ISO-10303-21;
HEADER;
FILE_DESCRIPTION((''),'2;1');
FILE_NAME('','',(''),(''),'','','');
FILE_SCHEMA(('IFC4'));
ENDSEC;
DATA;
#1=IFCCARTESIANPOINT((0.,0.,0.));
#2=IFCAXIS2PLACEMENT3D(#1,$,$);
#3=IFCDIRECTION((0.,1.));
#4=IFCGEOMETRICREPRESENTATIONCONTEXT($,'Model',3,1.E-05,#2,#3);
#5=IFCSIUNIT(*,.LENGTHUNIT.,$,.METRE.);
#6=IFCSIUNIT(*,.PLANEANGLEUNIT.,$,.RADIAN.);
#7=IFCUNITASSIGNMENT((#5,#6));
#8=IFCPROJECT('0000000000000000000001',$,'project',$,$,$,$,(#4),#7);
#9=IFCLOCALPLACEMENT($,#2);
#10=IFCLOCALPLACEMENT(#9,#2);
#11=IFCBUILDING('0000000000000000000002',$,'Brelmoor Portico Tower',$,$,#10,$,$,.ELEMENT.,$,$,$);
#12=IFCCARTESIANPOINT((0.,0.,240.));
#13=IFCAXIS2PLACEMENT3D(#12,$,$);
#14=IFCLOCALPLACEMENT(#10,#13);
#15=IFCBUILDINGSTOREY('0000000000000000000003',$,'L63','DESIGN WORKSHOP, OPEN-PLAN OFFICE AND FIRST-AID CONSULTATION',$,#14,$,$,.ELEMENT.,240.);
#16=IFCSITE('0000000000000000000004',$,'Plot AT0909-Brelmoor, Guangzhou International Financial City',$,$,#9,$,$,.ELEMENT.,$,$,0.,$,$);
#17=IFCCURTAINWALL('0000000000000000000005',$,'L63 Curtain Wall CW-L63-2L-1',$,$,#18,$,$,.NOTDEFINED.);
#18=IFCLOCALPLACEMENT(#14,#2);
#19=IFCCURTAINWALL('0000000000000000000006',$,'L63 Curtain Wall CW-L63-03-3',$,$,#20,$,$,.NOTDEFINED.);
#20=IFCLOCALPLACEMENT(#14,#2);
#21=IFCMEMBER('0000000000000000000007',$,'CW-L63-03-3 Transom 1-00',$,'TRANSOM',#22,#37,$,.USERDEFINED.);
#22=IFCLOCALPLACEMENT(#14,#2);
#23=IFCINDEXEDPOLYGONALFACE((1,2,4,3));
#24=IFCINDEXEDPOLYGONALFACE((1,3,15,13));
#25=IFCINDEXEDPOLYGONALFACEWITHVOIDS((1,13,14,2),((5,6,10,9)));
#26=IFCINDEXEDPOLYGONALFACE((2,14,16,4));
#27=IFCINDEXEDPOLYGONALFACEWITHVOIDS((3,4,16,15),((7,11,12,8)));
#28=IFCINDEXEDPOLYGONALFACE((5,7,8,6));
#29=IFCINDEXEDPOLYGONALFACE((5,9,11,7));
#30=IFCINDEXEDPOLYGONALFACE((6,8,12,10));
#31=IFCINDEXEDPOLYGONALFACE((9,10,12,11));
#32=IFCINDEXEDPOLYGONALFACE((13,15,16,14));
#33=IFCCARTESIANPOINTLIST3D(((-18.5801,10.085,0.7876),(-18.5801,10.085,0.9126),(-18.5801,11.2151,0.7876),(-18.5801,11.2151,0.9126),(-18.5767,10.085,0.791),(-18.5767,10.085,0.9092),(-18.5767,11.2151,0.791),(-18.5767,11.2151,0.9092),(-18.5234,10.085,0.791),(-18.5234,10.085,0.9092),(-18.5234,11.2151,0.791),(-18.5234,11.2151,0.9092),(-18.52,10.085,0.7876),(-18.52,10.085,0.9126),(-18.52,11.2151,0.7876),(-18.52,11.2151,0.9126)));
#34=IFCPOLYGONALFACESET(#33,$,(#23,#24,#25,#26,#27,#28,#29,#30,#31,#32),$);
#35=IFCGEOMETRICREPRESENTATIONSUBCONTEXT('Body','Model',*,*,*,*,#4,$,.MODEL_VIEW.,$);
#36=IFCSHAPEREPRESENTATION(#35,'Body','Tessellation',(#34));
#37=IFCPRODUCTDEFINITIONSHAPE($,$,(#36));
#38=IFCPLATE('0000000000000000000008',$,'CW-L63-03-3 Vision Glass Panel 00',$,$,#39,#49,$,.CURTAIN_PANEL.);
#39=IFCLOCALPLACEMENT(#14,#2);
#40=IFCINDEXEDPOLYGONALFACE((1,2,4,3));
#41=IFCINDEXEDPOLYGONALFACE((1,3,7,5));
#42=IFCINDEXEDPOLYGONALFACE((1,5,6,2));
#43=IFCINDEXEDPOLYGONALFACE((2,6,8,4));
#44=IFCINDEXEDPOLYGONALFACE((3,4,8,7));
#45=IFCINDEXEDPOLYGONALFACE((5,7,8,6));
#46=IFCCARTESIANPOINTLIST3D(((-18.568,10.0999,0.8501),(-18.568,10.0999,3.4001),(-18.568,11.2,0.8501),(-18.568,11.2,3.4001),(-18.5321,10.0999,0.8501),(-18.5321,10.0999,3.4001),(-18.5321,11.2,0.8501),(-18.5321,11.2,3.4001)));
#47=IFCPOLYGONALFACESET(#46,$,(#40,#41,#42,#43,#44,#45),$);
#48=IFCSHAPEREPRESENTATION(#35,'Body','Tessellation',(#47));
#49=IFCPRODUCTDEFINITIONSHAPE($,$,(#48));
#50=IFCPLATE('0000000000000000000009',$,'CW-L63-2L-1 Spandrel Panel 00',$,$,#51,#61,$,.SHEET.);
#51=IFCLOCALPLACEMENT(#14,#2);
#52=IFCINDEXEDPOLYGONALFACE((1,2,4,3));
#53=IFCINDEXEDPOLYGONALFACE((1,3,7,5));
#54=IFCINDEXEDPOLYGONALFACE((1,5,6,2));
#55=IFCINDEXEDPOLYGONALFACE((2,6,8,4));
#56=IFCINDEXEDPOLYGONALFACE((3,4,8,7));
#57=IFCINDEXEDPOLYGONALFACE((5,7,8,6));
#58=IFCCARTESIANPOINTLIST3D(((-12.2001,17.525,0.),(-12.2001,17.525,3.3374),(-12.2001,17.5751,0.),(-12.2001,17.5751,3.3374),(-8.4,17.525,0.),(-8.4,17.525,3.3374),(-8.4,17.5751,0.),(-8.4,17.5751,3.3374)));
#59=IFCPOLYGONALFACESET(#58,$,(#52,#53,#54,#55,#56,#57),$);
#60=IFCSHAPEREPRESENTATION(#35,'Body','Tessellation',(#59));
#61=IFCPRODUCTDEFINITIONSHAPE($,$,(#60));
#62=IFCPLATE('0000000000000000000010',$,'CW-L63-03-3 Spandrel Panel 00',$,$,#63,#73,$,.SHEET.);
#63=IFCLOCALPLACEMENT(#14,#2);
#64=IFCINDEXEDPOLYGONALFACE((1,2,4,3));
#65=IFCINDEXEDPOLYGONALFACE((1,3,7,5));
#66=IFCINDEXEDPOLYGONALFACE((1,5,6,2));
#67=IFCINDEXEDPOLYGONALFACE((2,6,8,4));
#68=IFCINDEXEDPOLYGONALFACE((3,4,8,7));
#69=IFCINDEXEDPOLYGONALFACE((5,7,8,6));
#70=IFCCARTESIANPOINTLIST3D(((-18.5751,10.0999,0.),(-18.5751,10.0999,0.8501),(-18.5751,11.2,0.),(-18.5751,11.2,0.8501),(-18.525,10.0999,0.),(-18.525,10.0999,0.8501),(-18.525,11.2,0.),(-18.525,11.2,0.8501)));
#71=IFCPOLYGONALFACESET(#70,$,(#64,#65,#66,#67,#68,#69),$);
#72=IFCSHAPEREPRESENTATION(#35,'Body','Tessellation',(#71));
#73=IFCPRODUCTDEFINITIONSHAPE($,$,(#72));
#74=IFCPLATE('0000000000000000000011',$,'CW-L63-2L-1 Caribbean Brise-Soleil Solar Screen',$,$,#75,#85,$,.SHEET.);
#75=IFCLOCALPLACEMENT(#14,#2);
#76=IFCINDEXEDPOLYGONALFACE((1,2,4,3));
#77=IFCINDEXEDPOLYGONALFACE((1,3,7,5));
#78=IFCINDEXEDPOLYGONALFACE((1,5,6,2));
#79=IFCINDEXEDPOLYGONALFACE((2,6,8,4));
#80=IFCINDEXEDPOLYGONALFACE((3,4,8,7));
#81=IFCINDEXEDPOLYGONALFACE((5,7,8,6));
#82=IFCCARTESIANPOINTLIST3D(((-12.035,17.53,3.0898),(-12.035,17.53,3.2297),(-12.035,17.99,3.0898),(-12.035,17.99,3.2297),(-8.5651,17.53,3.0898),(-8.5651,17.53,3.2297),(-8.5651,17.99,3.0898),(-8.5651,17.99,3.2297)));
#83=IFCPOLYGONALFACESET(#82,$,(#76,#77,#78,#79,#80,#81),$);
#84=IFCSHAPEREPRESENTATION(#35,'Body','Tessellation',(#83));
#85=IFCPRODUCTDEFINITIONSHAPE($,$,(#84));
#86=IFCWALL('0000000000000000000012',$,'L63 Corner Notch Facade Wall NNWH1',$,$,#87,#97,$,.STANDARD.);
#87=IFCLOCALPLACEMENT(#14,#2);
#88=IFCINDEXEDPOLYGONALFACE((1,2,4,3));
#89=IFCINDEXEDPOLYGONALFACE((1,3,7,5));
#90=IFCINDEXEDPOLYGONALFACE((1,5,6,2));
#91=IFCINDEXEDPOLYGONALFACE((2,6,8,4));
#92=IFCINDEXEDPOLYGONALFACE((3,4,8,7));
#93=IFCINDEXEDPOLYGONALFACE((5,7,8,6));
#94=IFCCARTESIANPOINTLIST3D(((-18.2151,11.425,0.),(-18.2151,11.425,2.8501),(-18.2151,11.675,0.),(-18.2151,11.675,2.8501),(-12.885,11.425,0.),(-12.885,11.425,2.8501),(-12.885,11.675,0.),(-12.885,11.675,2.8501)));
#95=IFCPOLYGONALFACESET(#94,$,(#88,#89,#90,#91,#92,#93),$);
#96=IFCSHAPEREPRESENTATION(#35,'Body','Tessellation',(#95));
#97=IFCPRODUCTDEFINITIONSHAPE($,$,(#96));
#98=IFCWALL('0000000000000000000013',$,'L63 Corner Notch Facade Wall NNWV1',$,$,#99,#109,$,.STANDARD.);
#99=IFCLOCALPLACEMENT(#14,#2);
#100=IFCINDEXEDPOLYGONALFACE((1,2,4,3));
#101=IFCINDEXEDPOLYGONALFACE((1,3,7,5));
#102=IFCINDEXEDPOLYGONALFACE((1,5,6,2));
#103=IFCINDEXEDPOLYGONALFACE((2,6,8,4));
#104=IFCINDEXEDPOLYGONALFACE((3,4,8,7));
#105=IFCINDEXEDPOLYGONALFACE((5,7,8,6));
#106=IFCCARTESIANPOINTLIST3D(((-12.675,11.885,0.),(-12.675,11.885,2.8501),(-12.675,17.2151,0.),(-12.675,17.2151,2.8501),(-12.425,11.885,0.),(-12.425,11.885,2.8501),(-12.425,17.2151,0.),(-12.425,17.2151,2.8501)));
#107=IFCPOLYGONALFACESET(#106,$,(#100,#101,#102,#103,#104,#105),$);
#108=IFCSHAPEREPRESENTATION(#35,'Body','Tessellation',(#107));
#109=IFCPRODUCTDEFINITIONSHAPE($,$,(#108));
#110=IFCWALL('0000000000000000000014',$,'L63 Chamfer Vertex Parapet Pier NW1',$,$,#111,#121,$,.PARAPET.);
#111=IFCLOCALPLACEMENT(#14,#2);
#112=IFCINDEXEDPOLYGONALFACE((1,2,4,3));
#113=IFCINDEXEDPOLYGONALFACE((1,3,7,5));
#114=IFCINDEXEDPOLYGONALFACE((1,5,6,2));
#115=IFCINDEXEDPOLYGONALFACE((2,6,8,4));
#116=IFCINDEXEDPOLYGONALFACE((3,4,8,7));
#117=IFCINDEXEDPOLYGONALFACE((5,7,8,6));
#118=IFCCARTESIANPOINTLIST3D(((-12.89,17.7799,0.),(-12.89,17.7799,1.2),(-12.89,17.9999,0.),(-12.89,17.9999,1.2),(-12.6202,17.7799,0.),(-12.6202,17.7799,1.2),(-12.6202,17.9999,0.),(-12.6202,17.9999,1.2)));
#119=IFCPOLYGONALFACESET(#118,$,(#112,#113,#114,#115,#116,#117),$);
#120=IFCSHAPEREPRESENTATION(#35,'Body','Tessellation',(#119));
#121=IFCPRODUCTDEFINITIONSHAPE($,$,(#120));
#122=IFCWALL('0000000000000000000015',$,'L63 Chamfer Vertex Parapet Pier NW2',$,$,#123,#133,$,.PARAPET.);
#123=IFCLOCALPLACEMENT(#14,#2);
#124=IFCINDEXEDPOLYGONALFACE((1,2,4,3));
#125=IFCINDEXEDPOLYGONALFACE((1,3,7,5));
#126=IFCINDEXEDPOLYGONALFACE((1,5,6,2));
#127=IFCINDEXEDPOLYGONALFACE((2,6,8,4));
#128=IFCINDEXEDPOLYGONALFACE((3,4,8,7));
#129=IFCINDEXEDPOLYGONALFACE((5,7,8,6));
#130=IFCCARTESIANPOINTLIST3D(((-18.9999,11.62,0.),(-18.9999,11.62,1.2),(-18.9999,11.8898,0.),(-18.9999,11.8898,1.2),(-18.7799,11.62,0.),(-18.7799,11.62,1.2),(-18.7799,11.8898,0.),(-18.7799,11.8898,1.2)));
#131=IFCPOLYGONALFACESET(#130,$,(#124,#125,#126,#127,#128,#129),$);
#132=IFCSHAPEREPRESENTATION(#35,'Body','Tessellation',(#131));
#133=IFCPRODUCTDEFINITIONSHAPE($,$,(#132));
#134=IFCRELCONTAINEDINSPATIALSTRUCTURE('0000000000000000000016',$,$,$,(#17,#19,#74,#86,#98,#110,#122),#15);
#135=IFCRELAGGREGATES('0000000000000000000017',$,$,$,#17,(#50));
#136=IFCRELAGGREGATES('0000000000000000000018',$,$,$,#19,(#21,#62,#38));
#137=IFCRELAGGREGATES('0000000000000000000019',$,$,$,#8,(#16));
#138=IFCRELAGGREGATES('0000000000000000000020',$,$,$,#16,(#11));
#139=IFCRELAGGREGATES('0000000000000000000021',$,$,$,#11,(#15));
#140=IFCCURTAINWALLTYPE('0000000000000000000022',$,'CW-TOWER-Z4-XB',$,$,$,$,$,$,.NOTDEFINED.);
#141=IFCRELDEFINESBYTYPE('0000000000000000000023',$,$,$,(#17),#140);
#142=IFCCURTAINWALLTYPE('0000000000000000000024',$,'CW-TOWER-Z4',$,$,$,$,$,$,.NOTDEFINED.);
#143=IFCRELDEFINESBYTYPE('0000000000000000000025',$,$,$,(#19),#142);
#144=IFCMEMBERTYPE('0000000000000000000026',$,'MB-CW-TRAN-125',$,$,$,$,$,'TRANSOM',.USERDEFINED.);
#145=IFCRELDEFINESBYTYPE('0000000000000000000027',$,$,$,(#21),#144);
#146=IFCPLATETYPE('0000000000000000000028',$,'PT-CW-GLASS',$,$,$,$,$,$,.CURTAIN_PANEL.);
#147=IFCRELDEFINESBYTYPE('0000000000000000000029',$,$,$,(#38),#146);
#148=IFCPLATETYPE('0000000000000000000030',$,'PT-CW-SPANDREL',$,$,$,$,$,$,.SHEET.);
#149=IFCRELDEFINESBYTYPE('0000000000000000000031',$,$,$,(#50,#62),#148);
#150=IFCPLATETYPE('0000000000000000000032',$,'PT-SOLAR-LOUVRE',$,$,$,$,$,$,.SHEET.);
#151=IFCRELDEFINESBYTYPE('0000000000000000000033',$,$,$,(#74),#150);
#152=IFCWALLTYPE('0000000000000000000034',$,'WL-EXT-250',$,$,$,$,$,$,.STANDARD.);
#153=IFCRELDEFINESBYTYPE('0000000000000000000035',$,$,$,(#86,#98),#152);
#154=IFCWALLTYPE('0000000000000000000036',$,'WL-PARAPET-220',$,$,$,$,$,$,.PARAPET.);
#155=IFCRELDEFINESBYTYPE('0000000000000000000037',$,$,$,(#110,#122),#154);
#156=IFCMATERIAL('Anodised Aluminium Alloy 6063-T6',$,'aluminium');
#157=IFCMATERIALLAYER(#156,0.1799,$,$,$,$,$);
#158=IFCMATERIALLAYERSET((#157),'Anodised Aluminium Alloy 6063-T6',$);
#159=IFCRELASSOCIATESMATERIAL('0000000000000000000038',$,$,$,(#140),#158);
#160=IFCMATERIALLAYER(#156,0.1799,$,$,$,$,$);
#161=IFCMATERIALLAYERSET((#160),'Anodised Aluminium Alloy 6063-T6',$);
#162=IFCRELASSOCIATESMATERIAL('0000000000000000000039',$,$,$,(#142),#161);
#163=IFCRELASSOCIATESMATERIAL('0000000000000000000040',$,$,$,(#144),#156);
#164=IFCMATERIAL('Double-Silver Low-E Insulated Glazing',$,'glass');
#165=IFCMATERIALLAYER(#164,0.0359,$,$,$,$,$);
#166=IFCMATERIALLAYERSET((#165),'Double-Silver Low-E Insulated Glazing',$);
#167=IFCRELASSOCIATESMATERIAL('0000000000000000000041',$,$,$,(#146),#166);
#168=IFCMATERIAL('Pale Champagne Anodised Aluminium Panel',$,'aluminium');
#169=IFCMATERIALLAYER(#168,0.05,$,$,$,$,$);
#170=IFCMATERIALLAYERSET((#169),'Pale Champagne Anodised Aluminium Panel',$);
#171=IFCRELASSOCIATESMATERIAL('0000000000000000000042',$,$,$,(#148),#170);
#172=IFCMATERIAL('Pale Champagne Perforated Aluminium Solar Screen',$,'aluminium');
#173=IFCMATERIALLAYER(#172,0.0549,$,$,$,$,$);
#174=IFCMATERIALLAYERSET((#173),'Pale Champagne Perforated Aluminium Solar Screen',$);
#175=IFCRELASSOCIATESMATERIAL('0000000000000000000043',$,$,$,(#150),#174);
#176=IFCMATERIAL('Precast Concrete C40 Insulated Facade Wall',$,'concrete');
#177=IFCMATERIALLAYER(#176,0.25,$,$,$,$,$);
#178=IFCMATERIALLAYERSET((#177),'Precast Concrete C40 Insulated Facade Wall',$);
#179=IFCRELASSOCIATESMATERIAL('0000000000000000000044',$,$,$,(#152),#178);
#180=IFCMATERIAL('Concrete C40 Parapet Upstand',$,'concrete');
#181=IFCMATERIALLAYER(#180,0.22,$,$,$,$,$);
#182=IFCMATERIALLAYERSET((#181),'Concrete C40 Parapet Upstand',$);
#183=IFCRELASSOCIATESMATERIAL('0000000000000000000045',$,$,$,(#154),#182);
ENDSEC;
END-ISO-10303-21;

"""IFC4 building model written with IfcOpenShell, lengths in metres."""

from ifc_helpers import new_model, si_unit, direction, frame, frame_2d, origin, origin_2d, place, context, subcontext, project, spatial, rectangle, hollow_rectangle, extrude, material, layer, layer_set, material_profile, profile_set, type_object, element, aggregate, save


model = new_model("IFC4")

# Units and contexts
model_context = context("Model", 3, precision=1e-05, world=origin(), true_north=direction((0.0, 1.0)))
body_context = subcontext(model_context, "Body", "Model", "MODEL_VIEW")
ifc_project = project(units=[si_unit("LENGTHUNIT", "METRE"), si_unit("PLANEANGLEUNIT", "RADIAN")], contexts=[model_context])

# Site, building, storey
site_placement = place(None, origin())
site = spatial("IfcSite", under=ifc_project, at=site_placement, Name="Plot AT0909-Brelmoor, Guangzhou International Financial City", CompositionType="ELEMENT", RefElevation=0.0)
building_placement = place(site_placement, origin())
building = spatial("IfcBuilding", under=site, at=building_placement, Name="Brelmoor Portico Tower", CompositionType="ELEMENT")
storey_placement = place(building_placement, frame((0.0, 0.0, 240.0)))
storey = spatial("IfcBuildingStorey", under=building, at=storey_placement, Name="L63", Description="DESIGN WORKSHOP, OPEN-PLAN OFFICE AND FIRST-AID CONSULTATION", CompositionType="ELEMENT", Elevation=240.0)

# Curtain wall
ifc_material_1 = material(Name="Anodised Aluminium Alloy 6063-T6", Category="aluminium")
ifc_layer_1 = layer(ifc_material_1, 0.1799)
ifc_layer_set_1 = layer_set([ifc_layer_1], Name="Anodised Aluminium Alloy 6063-T6")
curtain_wall_type_1 = type_object("IfcCurtainWallType", Name="CW-TOWER-Z4-XB", PredefinedType="NOTDEFINED", material=ifc_layer_set_1)
curtain_wall_1_placement = place(storey_placement, origin())
curtain_wall_1 = element("IfcCurtainWall", 1, at=curtain_wall_1_placement, inside=storey, type_object=curtain_wall_type_1, Name="L63 Curtain Wall CW-L63-2L-1", PredefinedType="NOTDEFINED")

# Curtain wall
ifc_layer_2 = layer(ifc_material_1, 0.1799)
ifc_layer_set_2 = layer_set([ifc_layer_2], Name="Anodised Aluminium Alloy 6063-T6")
curtain_wall_type_2 = type_object("IfcCurtainWallType", Name="CW-TOWER-Z4", PredefinedType="NOTDEFINED", material=ifc_layer_set_2)
curtain_wall_2_placement = place(storey_placement, origin())
curtain_wall_2 = element("IfcCurtainWall", 2, at=curtain_wall_2_placement, inside=storey, type_object=curtain_wall_type_2, Name="L63 Curtain Wall CW-L63-03-3", PredefinedType="NOTDEFINED")

# Member
ifc_material_profile_1 = material_profile(ifc_material_1, hollow_rectangle(XDim=0.0601, YDim=0.125, WallThickness=0.0034, at=origin_2d()), Name="ALU TRANSOM 60x125")
ifc_profile_set_1 = profile_set([ifc_material_profile_1], Name="Anodised Aluminium Alloy 6063-T6")
member_type_1 = type_object("IfcMemberType", Name="MB-CW-TRAN-125", ElementType="TRANSOM", PredefinedType="USERDEFINED", material=ifc_profile_set_1)
member_1_placement = place(storey_placement, frame((-18.55, 10.085, 0.8501), z_axis=(0.0, 1.0, 0.0), x_axis=(-1.0, 0.0, 0.0)))
member_1 = element("IfcMember", 3, at=member_1_placement, type_object=member_type_1, Name="CW-L63-03-3 Transom 1-00", ObjectType="TRANSOM", PredefinedType="USERDEFINED", context=body_context, shape_type="SweptSolid", body=[
    extrude(hollow_rectangle(XDim=0.0601, YDim=0.125, WallThickness=0.0034, at=origin_2d()), origin(), (0.0, 0.0, 1.0), 1.1301),
])

# Plates
ifc_material_2 = material(Name="Double-Silver Low-E Insulated Glazing", Category="glass")
ifc_layer_3 = layer(ifc_material_2, 0.0359)
ifc_layer_set_3 = layer_set([ifc_layer_3], Name="Double-Silver Low-E Insulated Glazing")
plate_type_1 = type_object("IfcPlateType", Name="PT-CW-GLASS", PredefinedType="CURTAIN_PANEL", material=ifc_layer_set_3)
plate_1_placement = place(storey_placement, frame((-18.55, 10.6499, 0.8501), z_axis=(0.0, 0.0, 1.0), x_axis=(0.0, 1.0, 0.0)))
plate_1 = element("IfcPlate", 4, at=plate_1_placement, type_object=plate_type_1, Name="CW-L63-03-3 Vision Glass Panel 00", PredefinedType="CURTAIN_PANEL", context=body_context, shape_type="SweptSolid", body=[
    extrude(rectangle(XDim=1.1001, YDim=0.0359, at=origin_2d()), origin(), (0.0, 0.0, 1.0), 2.55),
])
ifc_material_3 = material(Name="Pale Champagne Anodised Aluminium Panel", Category="aluminium")
ifc_layer_4 = layer(ifc_material_3, 0.05)
ifc_layer_set_4 = layer_set([ifc_layer_4], Name="Pale Champagne Anodised Aluminium Panel")
plate_type_2 = type_object("IfcPlateType", Name="PT-CW-SPANDREL", PredefinedType="SHEET", material=ifc_layer_set_4)
plate_2_placement = place(storey_placement, frame((-10.3, 17.55, 0.0), z_axis=(0.0, 0.0, 1.0), x_axis=(1.0, 0.0, 0.0)))
plate_2 = element("IfcPlate", 5, at=plate_2_placement, type_object=plate_type_2, Name="CW-L63-2L-1 Spandrel Panel 00", PredefinedType="SHEET", context=body_context, shape_type="SweptSolid", body=[
    extrude(rectangle(XDim=3.8, YDim=0.05, at=origin_2d()), origin(), (0.0, 0.0, 1.0), 3.3374),
])
aggregate(curtain_wall_1, [plate_2])
plate_3_placement = place(storey_placement, frame((-18.55, 10.6499, 0.0), z_axis=(0.0, 0.0, 1.0), x_axis=(0.0, 1.0, 0.0)))
plate_3 = element("IfcPlate", 6, at=plate_3_placement, type_object=plate_type_2, Name="CW-L63-03-3 Spandrel Panel 00", PredefinedType="SHEET", context=body_context, shape_type="SweptSolid", body=[
    extrude(rectangle(XDim=1.1001, YDim=0.05, at=origin_2d()), origin(), (0.0, 0.0, 1.0), 0.8501),
])
aggregate(curtain_wall_2, [member_1, plate_3, plate_1])
ifc_material_4 = material(Name="Pale Champagne Perforated Aluminium Solar Screen", Category="aluminium")
ifc_layer_5 = layer(ifc_material_4, 0.0549)
ifc_layer_set_5 = layer_set([ifc_layer_5], Name="Pale Champagne Perforated Aluminium Solar Screen")
plate_type_3 = type_object("IfcPlateType", Name="PT-SOLAR-LOUVRE", PredefinedType="SHEET", material=ifc_layer_set_5)
plate_4_placement = place(storey_placement, frame((-10.3, 17.76, 3.0898), z_axis=(0.0, 0.0, 1.0), x_axis=(1.0, 0.0, 0.0)))
element("IfcPlate", 7, at=plate_4_placement, inside=storey, type_object=plate_type_3, Name="CW-L63-2L-1 Caribbean Brise-Soleil Solar Screen", PredefinedType="SHEET", context=body_context, shape_type="SweptSolid", body=[
    extrude(rectangle(XDim=3.47, YDim=0.46, at=origin_2d()), origin(), (0.0, 0.0, 1.0), 0.1399),
])

# Walls
ifc_material_5 = material(Name="Precast Concrete C40 Insulated Facade Wall", Category="concrete")
ifc_layer_6 = layer(ifc_material_5, 0.25)
ifc_layer_set_6 = layer_set([ifc_layer_6], Name="Precast Concrete C40 Insulated Facade Wall")
wall_type_1 = type_object("IfcWallType", Name="WL-EXT-250", PredefinedType="STANDARD", material=ifc_layer_set_6)
for number, where, z_axis, x_axis, name in (
    (8, (-18.2151, 11.55, 0.0), (0.0, 0.0, 1.0), (1.0, 0.0, 0.0), "L63 Corner Notch Facade Wall NNWH1"),
    (9, (-12.55, 11.885, 0.0), (0.0, 0.0, 1.0), (0.0, 1.0, 0.0), "L63 Corner Notch Facade Wall NNWV1"),
):
    element("IfcWall", number, at=place(storey_placement, frame(where, z_axis=z_axis, x_axis=x_axis)), inside=storey, type_object=wall_type_1, Name=name, PredefinedType="STANDARD", context=body_context, shape_type="SweptSolid", body=[
        extrude(rectangle(XDim=5.3301, YDim=0.25, at=frame_2d((2.665, 0.0))), origin(), (0.0, 0.0, 1.0), 2.8501),
    ])
ifc_material_6 = material(Name="Concrete C40 Parapet Upstand", Category="concrete")
ifc_layer_7 = layer(ifc_material_6, 0.22)
ifc_layer_set_7 = layer_set([ifc_layer_7], Name="Concrete C40 Parapet Upstand")
wall_type_2 = type_object("IfcWallType", Name="WL-PARAPET-220", PredefinedType="PARAPET", material=ifc_layer_set_7)
for number, where, z_axis, x_axis, name in (
    (10, (-12.8899, 17.8899, 0.0), (0.0, 0.0, 1.0), (1.0, 0.0, 0.0), "L63 Chamfer Vertex Parapet Pier NW1"),
    (11, (-18.8899, 11.6201, 0.0), (0.0, 0.0, 1.0), (0.0, 1.0, 0.0), "L63 Chamfer Vertex Parapet Pier NW2"),
):
    element("IfcWall", number, at=place(storey_placement, frame(where, z_axis=z_axis, x_axis=x_axis)), inside=storey, type_object=wall_type_2, Name=name, PredefinedType="PARAPET", context=body_context, shape_type="SweptSolid", body=[
        extrude(rectangle(XDim=0.2698, YDim=0.22, at=frame_2d((0.1348, 0.0))), origin(), (0.0, 0.0, 1.0), 1.2),
    ])

save(model, "model.ifc")
